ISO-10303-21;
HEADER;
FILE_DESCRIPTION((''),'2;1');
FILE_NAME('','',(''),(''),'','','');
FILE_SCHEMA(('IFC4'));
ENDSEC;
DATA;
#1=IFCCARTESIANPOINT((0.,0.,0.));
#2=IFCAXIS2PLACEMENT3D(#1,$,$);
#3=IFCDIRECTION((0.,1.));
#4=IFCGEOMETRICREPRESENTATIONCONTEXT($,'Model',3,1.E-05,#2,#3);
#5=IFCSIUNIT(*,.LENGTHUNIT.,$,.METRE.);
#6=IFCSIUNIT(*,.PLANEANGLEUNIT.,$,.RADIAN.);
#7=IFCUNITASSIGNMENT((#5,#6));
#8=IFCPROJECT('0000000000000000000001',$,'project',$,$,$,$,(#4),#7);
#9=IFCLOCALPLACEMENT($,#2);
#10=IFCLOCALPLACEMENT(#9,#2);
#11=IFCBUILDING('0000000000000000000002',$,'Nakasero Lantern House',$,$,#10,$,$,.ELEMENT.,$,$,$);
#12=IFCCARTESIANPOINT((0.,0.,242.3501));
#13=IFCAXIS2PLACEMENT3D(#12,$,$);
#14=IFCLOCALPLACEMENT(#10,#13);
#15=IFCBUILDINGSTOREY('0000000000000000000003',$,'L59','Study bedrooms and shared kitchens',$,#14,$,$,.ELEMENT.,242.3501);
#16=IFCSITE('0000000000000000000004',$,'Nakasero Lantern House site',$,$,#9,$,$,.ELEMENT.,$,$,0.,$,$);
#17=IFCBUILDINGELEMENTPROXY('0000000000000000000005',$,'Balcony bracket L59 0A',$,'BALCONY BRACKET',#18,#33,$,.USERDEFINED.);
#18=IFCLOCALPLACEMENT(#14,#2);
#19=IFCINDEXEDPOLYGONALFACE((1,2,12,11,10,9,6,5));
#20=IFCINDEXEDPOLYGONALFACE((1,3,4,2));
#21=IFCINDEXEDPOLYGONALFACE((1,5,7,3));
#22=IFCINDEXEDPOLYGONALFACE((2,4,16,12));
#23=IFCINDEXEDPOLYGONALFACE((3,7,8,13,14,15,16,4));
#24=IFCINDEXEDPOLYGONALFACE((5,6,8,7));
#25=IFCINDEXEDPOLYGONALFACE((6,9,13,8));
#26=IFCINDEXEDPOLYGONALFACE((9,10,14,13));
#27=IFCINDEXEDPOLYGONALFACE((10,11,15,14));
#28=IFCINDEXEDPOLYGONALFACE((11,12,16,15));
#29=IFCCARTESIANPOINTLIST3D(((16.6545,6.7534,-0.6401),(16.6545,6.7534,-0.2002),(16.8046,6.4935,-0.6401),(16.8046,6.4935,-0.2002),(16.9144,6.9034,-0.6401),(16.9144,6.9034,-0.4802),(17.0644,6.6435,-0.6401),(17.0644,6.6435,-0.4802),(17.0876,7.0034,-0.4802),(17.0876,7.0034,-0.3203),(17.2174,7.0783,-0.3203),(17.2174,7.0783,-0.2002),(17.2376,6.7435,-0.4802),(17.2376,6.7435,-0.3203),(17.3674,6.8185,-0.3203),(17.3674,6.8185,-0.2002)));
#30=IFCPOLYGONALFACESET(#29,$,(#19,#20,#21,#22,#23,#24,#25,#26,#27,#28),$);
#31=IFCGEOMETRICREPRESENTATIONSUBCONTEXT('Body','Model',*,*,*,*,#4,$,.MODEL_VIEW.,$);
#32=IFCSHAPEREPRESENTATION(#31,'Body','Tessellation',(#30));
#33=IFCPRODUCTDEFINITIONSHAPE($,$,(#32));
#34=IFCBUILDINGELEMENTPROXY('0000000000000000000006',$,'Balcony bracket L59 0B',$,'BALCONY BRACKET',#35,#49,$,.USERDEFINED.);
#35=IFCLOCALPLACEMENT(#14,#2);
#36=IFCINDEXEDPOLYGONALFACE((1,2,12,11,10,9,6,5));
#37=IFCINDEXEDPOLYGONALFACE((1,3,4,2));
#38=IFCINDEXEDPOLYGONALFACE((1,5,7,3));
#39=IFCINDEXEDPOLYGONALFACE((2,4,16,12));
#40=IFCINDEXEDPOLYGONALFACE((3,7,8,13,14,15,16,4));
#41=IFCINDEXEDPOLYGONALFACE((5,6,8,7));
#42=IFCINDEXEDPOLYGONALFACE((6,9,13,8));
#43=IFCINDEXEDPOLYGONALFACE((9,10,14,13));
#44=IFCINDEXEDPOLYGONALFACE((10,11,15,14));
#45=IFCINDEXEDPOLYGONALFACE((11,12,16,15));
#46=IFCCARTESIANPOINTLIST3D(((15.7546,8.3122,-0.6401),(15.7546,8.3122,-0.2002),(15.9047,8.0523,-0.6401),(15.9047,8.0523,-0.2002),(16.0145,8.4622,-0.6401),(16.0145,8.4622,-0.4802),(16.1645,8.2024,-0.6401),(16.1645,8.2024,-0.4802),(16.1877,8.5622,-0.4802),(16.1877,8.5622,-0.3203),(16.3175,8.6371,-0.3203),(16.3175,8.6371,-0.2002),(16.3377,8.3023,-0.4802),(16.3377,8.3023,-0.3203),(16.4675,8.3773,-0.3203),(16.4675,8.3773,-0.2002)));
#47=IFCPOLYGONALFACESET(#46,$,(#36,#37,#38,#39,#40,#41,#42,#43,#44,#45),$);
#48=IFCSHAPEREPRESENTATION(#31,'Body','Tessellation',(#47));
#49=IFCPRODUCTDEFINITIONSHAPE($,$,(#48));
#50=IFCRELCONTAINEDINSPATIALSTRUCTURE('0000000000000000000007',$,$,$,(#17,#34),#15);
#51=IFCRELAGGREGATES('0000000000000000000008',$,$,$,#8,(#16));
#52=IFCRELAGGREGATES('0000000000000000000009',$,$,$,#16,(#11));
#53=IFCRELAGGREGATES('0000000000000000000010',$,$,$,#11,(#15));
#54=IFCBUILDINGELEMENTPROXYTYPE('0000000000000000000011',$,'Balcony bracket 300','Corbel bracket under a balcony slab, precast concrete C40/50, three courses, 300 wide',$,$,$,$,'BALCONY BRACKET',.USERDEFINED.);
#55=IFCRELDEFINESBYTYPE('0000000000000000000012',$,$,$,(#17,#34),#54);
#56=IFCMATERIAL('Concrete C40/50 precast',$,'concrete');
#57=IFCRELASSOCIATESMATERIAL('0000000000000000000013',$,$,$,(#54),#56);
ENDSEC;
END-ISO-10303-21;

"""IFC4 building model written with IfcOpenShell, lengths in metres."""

from ifc_helpers import new_model, si_unit, direction, frame, origin, place, context, subcontext, project, spatial, polyline, outline, extrude, material, type_object, element, save


model = new_model("IFC4")

# Units and contexts
model_context = context("Model", 3, precision=1e-05, world=origin(), true_north=direction((0.0, 1.0)))
body_context = subcontext(model_context, "Body", "Model", "MODEL_VIEW")
ifc_project = project(units=[si_unit("LENGTHUNIT", "METRE"), si_unit("PLANEANGLEUNIT", "RADIAN")], contexts=[model_context])

# Site, building, storey
site_placement = place(None, origin())
site = spatial("IfcSite", under=ifc_project, at=site_placement, Name="Nakasero Lantern House site", CompositionType="ELEMENT", RefElevation=0.0)
building_placement = place(site_placement, origin())
building = spatial("IfcBuilding", under=site, at=building_placement, Name="Nakasero Lantern House", CompositionType="ELEMENT")
storey_placement = place(building_placement, frame((0.0, 0.0, 242.3501)))
storey = spatial("IfcBuildingStorey", under=building, at=storey_placement, Name="L59", Description="Study bedrooms and shared kitchens", CompositionType="ELEMENT", Elevation=242.3501)

# Building element proxies
ifc_material_1 = material(Name="Concrete C40/50 precast", Category="concrete")
building_element_proxy_type = type_object("IfcBuildingElementProxyType", Name="Balcony bracket 300", Description="Corbel bracket under a balcony slab, precast concrete C40/50, three courses, 300 wide", ElementType="BALCONY BRACKET", PredefinedType="USERDEFINED", material=ifc_material_1)
for number, where, z_axis, x_axis, name in (
    (1, (16.7295, 6.6235, -0.2002), (0.0, 0.0, 1.0), (0.866025, 0.5, 0.0), "Balcony bracket L59 0A"),
    (2, (15.8296, 8.1824, -0.2002), (0.0, 0.0, 1.0), (0.866025, 0.5, 0.0), "Balcony bracket L59 0B"),
):
    element("IfcBuildingElementProxy", number, at=place(storey_placement, frame(where, z_axis=z_axis, x_axis=x_axis)), inside=storey, type_object=building_element_proxy_type, Name=name, ObjectType="BALCONY BRACKET", PredefinedType="USERDEFINED", context=body_context, shape_type="SweptSolid", body=[
        extrude(outline(polyline([(0.0, 0.0), (0.6499, 0.0), (0.6499, -0.1201), (0.5, -0.1201), (0.5, -0.28), (0.3, -0.28), (0.3, -0.4399), (0.0, -0.4399), (0.0, 0.0)])), frame((0.0, 0.1499, 0.0), z_axis=(0.0, -1.0, 0.0), x_axis=(1.0, 0.0, 0.0)), (0.0, 0.0, 1.0), 0.3),
    ])

save(model, "model.ifc")
